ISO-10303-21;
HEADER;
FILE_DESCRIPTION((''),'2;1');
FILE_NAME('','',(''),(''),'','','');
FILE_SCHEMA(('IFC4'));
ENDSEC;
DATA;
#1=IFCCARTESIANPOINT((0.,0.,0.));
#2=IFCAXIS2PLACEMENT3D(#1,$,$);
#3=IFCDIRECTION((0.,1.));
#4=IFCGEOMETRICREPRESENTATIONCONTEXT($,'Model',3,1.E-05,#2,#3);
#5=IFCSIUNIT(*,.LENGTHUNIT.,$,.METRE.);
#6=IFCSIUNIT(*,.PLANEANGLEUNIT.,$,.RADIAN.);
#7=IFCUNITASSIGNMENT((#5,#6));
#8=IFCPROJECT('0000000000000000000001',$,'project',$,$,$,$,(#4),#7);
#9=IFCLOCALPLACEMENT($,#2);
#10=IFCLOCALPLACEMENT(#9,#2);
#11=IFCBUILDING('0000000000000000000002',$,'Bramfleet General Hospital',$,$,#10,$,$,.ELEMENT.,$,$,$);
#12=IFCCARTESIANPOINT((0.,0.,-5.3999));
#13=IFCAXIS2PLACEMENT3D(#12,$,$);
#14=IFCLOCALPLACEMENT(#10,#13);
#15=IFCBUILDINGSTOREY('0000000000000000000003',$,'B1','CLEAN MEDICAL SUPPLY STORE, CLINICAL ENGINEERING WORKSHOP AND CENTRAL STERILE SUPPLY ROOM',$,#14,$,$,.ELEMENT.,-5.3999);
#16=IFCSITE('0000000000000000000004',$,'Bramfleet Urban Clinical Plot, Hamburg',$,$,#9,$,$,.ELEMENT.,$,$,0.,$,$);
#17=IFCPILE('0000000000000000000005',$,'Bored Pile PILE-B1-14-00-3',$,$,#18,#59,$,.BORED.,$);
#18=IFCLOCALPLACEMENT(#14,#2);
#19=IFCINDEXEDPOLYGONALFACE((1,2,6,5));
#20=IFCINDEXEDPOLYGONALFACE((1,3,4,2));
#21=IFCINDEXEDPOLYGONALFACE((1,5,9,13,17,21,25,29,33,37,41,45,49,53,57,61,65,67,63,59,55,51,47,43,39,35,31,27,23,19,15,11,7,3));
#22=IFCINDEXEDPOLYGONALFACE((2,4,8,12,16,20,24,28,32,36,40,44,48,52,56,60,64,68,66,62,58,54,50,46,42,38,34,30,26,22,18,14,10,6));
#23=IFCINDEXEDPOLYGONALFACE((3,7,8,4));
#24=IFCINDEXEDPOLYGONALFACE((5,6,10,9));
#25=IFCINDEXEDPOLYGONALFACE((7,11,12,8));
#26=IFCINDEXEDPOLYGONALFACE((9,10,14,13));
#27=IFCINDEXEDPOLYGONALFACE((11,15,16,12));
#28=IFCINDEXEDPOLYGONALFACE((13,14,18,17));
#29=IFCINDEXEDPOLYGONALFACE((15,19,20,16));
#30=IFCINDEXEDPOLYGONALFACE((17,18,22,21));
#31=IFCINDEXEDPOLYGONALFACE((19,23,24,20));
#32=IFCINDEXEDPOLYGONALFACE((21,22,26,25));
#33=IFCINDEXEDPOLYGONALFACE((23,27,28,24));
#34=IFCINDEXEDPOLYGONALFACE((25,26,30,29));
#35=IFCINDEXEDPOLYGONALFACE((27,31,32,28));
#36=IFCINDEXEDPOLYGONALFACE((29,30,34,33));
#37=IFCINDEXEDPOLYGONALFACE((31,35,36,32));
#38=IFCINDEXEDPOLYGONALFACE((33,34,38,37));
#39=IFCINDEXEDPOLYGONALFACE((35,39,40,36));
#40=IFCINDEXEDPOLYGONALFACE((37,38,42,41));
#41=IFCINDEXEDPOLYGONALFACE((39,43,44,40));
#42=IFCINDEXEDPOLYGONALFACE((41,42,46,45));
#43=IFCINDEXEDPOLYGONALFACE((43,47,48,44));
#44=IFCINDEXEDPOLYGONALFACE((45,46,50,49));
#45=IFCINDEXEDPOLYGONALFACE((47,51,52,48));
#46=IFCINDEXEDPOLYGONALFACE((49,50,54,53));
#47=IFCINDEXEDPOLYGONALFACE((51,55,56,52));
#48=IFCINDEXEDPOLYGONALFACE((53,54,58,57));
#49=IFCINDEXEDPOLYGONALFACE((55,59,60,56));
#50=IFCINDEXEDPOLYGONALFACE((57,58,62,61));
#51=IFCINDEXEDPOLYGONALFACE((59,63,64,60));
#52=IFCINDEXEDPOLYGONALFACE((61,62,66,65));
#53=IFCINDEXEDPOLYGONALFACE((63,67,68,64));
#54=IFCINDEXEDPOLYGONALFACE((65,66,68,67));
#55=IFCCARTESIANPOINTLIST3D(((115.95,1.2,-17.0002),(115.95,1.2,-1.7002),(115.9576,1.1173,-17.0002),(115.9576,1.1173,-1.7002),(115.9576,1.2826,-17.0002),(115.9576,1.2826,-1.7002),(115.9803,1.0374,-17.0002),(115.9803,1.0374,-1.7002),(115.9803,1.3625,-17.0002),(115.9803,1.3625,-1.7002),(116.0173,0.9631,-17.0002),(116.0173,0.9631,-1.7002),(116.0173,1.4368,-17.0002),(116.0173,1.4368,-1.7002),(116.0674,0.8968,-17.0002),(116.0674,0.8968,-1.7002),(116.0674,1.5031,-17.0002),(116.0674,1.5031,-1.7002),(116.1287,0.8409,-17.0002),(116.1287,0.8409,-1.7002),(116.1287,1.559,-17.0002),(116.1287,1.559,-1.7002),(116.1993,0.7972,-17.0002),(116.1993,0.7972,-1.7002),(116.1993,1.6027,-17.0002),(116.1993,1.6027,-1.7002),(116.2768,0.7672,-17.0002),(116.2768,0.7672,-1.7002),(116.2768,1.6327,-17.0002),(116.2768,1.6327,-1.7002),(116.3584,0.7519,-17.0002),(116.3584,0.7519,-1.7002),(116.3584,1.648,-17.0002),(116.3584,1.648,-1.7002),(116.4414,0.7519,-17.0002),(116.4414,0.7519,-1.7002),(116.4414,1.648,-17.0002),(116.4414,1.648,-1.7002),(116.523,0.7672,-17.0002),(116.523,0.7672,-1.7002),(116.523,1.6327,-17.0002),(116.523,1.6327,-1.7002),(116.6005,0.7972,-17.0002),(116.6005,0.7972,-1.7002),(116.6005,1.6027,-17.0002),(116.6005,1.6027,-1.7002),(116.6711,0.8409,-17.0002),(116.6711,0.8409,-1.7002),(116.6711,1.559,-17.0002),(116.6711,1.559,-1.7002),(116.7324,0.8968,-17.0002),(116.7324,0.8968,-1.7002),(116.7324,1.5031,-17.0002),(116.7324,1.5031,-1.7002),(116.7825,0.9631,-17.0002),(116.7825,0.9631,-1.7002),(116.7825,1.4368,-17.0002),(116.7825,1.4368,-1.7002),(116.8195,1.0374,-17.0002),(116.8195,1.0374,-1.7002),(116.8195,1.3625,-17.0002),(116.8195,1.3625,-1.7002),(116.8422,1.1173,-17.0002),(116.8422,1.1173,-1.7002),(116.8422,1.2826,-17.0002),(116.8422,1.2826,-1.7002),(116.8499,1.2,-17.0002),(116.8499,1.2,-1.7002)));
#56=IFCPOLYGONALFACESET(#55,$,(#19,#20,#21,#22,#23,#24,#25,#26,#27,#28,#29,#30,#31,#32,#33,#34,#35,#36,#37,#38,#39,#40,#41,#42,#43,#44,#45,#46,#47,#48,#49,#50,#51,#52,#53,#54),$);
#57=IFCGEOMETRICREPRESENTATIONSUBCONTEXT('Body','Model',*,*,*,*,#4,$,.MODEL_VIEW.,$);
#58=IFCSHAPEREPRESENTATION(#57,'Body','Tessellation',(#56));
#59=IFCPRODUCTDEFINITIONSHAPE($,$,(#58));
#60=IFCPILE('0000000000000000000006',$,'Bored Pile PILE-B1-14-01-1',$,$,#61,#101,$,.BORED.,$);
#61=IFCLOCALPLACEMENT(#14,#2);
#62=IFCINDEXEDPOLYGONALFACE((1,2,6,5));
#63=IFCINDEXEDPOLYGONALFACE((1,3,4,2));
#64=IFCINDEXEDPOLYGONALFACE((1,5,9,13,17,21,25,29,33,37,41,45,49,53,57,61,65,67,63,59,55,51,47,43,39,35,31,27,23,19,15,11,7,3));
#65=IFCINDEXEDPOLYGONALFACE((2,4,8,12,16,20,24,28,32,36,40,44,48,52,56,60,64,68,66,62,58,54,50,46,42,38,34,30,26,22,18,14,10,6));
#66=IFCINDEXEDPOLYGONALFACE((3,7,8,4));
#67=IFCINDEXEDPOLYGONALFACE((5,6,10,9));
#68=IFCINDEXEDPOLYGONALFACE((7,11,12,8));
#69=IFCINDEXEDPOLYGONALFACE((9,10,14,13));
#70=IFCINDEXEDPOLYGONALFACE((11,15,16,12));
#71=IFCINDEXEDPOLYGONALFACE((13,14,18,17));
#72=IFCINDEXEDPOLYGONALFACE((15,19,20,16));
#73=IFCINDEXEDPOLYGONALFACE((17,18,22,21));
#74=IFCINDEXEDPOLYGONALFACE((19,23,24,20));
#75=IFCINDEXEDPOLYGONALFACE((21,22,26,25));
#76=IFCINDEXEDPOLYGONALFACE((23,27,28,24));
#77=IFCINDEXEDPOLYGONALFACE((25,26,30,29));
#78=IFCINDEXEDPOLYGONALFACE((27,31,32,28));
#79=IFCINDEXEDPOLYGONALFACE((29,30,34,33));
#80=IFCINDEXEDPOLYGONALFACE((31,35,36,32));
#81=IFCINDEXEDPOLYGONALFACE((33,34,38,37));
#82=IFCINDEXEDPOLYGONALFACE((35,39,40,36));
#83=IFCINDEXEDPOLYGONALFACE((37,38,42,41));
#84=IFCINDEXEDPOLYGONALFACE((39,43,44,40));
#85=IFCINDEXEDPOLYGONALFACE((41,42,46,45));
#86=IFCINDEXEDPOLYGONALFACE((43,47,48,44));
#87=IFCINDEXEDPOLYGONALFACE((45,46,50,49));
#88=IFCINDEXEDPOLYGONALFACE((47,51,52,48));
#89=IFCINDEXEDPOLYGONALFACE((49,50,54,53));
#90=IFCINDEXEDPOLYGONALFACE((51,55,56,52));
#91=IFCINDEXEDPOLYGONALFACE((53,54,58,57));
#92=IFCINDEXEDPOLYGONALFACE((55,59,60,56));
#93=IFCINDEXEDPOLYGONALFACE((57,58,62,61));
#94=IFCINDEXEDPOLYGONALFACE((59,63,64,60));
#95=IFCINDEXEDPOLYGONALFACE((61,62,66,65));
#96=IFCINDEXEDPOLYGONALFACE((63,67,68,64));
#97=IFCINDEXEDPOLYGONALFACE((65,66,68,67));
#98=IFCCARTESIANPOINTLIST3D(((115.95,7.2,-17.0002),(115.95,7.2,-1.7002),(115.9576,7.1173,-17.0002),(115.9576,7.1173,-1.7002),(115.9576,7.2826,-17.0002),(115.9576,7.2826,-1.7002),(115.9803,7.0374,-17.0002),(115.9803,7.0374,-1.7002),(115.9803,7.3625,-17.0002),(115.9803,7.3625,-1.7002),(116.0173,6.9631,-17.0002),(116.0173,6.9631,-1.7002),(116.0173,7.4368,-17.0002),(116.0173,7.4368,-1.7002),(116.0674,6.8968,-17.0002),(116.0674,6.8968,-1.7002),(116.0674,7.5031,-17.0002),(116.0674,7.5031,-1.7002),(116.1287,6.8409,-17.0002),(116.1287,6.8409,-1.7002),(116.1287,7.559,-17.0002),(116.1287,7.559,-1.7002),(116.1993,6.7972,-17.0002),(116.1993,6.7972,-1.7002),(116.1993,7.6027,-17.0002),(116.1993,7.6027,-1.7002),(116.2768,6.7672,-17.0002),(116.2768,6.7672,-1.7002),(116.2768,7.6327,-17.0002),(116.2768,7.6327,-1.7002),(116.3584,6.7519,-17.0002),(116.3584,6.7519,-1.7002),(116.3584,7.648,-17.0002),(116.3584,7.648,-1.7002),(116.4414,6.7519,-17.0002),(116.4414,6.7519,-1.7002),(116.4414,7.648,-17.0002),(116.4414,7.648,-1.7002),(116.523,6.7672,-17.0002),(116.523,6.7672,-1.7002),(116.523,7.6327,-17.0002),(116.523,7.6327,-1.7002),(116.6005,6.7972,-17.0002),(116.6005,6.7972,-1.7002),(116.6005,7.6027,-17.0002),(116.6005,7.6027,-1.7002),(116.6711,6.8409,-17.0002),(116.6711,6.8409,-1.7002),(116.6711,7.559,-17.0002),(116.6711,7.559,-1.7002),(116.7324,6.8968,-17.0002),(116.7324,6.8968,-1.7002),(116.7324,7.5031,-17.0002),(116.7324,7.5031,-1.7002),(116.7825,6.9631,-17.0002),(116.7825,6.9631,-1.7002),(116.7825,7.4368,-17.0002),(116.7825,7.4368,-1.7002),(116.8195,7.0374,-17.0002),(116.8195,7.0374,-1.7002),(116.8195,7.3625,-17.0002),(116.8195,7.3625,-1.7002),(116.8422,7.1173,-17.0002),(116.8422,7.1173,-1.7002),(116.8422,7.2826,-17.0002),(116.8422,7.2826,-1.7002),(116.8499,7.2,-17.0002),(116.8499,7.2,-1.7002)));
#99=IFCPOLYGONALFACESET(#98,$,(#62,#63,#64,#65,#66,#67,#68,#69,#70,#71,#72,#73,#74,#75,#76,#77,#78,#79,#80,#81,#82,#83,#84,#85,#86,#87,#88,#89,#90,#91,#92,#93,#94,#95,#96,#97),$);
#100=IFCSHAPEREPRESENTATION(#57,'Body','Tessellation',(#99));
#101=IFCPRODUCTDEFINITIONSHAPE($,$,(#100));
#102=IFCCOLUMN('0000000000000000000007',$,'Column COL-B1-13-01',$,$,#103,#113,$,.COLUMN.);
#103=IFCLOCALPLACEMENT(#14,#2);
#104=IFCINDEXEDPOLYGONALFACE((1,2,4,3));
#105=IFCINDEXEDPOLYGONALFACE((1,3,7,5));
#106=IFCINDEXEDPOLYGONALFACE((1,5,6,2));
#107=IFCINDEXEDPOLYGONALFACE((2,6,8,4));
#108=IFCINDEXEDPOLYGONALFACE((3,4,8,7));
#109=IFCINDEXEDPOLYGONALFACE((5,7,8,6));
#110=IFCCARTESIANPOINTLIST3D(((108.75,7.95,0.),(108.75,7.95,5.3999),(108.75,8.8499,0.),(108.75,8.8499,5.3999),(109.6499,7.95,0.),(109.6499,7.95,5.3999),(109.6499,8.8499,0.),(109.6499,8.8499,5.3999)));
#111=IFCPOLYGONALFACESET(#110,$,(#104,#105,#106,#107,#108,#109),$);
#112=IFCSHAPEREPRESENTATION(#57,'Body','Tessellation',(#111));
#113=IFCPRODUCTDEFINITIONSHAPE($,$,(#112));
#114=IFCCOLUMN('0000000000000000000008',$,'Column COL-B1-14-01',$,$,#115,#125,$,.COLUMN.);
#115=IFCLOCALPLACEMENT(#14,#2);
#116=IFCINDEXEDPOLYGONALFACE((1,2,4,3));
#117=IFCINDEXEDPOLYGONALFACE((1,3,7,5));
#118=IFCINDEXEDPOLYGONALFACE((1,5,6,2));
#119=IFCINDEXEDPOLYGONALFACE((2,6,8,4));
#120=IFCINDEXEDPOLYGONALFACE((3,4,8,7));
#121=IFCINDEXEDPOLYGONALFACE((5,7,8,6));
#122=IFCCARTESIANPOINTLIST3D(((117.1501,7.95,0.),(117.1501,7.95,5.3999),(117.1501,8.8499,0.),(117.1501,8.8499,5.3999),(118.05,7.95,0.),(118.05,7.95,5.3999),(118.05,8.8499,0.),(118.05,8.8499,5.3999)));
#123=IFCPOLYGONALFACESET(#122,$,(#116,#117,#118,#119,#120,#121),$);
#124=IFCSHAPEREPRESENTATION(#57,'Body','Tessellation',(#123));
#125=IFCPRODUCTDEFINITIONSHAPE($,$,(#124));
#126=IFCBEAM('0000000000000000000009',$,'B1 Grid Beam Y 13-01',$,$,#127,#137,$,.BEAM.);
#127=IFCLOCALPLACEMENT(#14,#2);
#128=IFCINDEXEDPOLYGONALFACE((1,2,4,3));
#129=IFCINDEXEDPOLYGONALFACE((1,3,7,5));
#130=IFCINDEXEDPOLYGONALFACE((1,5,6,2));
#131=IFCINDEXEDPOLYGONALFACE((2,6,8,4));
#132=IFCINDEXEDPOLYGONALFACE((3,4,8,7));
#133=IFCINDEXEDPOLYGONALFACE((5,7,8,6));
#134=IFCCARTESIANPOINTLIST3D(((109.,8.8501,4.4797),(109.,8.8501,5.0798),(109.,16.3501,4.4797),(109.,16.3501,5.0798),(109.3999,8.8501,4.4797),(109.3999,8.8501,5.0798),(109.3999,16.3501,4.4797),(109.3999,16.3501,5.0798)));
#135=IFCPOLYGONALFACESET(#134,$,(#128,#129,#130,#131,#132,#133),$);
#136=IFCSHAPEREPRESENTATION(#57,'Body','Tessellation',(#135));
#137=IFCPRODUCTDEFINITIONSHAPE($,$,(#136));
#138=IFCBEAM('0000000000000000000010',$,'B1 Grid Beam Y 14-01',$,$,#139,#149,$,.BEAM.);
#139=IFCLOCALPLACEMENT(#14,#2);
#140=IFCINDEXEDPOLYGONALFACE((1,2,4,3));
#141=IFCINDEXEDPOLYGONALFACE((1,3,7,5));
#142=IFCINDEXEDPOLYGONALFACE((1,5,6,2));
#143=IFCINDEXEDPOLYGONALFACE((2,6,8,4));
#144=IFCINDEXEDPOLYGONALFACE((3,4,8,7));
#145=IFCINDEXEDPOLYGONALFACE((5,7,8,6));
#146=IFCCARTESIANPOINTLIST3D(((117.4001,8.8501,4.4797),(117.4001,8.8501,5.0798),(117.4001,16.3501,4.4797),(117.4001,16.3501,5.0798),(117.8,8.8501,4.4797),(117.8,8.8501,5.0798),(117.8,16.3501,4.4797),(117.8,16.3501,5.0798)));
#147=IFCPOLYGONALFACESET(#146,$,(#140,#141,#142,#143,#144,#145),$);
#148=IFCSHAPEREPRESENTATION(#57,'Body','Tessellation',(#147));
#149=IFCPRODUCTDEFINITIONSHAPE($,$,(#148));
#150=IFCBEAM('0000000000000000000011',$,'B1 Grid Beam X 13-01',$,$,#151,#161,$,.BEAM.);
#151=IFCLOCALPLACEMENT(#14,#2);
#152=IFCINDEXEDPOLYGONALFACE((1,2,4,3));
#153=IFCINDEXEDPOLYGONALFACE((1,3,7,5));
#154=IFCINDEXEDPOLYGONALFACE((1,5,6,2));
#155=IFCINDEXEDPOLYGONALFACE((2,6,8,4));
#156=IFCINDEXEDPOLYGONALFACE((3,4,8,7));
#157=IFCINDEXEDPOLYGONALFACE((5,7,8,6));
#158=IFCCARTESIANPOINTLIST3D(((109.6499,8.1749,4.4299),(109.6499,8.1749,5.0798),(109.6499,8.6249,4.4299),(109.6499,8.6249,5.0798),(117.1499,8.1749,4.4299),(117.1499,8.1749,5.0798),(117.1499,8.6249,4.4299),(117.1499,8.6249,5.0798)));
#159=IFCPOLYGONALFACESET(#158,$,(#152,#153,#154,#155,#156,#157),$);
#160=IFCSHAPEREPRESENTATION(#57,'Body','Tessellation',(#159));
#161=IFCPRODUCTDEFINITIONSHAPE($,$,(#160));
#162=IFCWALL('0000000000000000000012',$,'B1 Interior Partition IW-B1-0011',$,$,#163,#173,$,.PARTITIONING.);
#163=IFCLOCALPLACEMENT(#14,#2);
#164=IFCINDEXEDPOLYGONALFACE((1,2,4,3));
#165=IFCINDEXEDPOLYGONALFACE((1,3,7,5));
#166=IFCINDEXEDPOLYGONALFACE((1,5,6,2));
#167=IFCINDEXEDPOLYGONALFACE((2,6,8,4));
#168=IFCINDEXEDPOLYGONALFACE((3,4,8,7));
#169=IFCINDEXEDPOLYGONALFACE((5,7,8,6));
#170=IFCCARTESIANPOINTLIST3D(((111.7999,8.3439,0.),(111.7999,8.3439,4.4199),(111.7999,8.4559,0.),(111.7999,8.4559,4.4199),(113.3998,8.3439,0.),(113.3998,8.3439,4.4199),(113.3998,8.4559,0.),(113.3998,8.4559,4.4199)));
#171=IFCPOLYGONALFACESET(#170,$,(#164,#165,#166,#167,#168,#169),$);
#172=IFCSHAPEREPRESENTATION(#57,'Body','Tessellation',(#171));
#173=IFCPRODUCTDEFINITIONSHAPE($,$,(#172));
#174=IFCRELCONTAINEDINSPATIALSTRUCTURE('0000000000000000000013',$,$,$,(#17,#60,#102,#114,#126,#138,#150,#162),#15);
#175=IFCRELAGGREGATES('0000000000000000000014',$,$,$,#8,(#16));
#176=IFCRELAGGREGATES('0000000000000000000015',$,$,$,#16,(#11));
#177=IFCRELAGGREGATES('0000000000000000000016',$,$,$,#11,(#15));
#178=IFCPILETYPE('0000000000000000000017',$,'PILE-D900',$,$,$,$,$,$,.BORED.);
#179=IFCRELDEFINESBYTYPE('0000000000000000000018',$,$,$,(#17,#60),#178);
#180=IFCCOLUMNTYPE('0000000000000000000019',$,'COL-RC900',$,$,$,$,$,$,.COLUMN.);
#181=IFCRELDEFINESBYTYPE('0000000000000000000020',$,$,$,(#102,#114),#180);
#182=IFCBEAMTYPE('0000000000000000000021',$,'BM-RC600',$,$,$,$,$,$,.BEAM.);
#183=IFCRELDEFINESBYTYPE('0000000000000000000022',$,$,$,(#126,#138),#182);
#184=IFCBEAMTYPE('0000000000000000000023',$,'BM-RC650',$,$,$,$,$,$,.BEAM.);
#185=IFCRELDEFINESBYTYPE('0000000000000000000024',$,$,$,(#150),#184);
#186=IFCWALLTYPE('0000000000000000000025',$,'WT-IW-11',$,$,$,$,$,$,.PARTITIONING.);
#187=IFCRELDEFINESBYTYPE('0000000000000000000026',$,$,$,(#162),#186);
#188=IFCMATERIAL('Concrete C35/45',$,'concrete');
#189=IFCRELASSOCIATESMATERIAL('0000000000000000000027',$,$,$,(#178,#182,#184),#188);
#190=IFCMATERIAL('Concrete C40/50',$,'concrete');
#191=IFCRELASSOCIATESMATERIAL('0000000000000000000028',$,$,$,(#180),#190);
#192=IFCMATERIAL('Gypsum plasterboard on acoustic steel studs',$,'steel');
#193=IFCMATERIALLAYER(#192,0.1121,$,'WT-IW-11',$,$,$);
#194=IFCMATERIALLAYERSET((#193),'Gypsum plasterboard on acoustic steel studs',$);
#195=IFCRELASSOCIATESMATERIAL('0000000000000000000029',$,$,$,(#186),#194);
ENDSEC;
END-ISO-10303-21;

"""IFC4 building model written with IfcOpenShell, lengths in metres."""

from ifc_helpers import new_model, si_unit, direction, frame, frame_2d, origin, origin_2d, place, context, subcontext, project, spatial, rectangle, circle, extrude, material, layer, layer_set, material_profile, profile_set, type_object, element, save


model = new_model("IFC4")

# Units and contexts
model_context = context("Model", 3, precision=1e-05, world=origin(), true_north=direction((0.0, 1.0)))
body_context = subcontext(model_context, "Body", "Model", "MODEL_VIEW")
ifc_project = project(units=[si_unit("LENGTHUNIT", "METRE"), si_unit("PLANEANGLEUNIT", "RADIAN")], contexts=[model_context])

# Site, building, storey
site_placement = place(None, origin())
site = spatial("IfcSite", under=ifc_project, at=site_placement, Name="Bramfleet Urban Clinical Plot, Hamburg", CompositionType="ELEMENT", RefElevation=0.0)
building_placement = place(site_placement, origin())
building = spatial("IfcBuilding", under=site, at=building_placement, Name="Bramfleet General Hospital", CompositionType="ELEMENT")
storey_placement = place(building_placement, frame((0.0, 0.0, -5.3999)))
storey = spatial("IfcBuildingStorey", under=building, at=storey_placement, Name="B1", Description="CLEAN MEDICAL SUPPLY STORE, CLINICAL ENGINEERING WORKSHOP AND CENTRAL STERILE SUPPLY ROOM", CompositionType="ELEMENT", Elevation=-5.3999)

# Shared definitions
ifc_material_1 = material(Name="Concrete C35/45", Category="concrete")

# Piles
ifc_material_profile_1 = material_profile(ifc_material_1, circle(Radius=0.45, at=origin_2d()), Name="PILE BORED D900")
ifc_profile_set_1 = profile_set([ifc_material_profile_1], Name="Concrete C35/45")
pile_type_1 = type_object("IfcPileType", Name="PILE-D900", PredefinedType="BORED", material=ifc_profile_set_1)
for number, where, z_axis, x_axis, name in (
    (1, (116.3999, 1.2, -1.7002), (0.0, 0.0, -1.0), (1.0, 0.0, 0.0), "Bored Pile PILE-B1-14-00-3"),
    (2, (116.3999, 7.2, -1.7002), (0.0, 0.0, -1.0), (1.0, 0.0, 0.0), "Bored Pile PILE-B1-14-01-1"),
):
    element("IfcPile", number, at=place(storey_placement, frame(where, z_axis=z_axis, x_axis=x_axis)), inside=storey, type_object=pile_type_1, Name=name, PredefinedType="BORED", context=body_context, shape_type="SweptSolid", body=[
        extrude(circle(Radius=0.45, at=origin_2d()), origin(), (0.0, 0.0, 1.0), 15.3),
    ])

# Columns
ifc_material_2 = material(Name="Concrete C40/50", Category="concrete")
ifc_material_profile_2 = material_profile(ifc_material_2, rectangle(XDim=0.8999, YDim=0.8999, at=origin_2d()), Name="RC COL 900x900")
ifc_profile_set_2 = profile_set([ifc_material_profile_2], Name="Concrete C40/50")
column_type = type_object("IfcColumnType", Name="COL-RC900", PredefinedType="COLUMN", material=ifc_profile_set_2)
for number, where, z_axis, x_axis, name in (
    (3, (109.2, 8.3999, 0.0), (0.0, 0.0, 1.0), (1.0, 0.0, 0.0), "Column COL-B1-13-01"),
    (4, (117.6001, 8.3999, 0.0), (0.0, 0.0, 1.0), (1.0, 0.0, 0.0), "Column COL-B1-14-01"),
):
    element("IfcColumn", number, at=place(storey_placement, frame(where, z_axis=z_axis, x_axis=x_axis)), inside=storey, type_object=column_type, Name=name, PredefinedType="COLUMN", context=body_context, shape_type="SweptSolid", body=[
        extrude(rectangle(XDim=0.8999, YDim=0.8999, at=origin_2d()), origin(), (0.0, 0.0, 1.0), 5.3999),
    ])

# Beams
ifc_material_profile_3 = material_profile(ifc_material_1, rectangle(XDim=0.3999, YDim=0.6001, at=origin_2d()), Name="RC BM 600x400")
ifc_profile_set_3 = profile_set([ifc_material_profile_3], Name="Concrete C35/45")
beam_type_1 = type_object("IfcBeamType", Name="BM-RC600", PredefinedType="BEAM", material=ifc_profile_set_3)
for number, where, z_axis, x_axis, name in (
    (5, (109.2, 8.8501, 4.7798), (0.0, 1.0, 0.0), (-1.0, 0.0, 0.0), "B1 Grid Beam Y 13-01"),
    (6, (117.6001, 8.8501, 4.7798), (0.0, 1.0, 0.0), (-1.0, 0.0, 0.0), "B1 Grid Beam Y 14-01"),
):
    element("IfcBeam", number, at=place(storey_placement, frame(where, z_axis=z_axis, x_axis=x_axis)), inside=storey, type_object=beam_type_1, Name=name, PredefinedType="BEAM", context=body_context, shape_type="SweptSolid", body=[
        extrude(rectangle(XDim=0.3999, YDim=0.6001, at=origin_2d()), origin(), (0.0, 0.0, 1.0), 7.5),
    ])
ifc_material_profile_4 = material_profile(ifc_material_1, rectangle(XDim=0.45, YDim=0.6499, at=origin_2d()), Name="RC BM 650x450")
ifc_profile_set_4 = profile_set([ifc_material_profile_4], Name="Concrete C35/45")
beam_type_2 = type_object("IfcBeamType", Name="BM-RC650", PredefinedType="BEAM", material=ifc_profile_set_4)
beam_placement = place(storey_placement, frame((109.6499, 8.3999, 4.7549), z_axis=(1.0, 0.0, 0.0), x_axis=(0.0, 1.0, 0.0)))
element("IfcBeam", 7, at=beam_placement, inside=storey, type_object=beam_type_2, Name="B1 Grid Beam X 13-01", PredefinedType="BEAM", context=body_context, shape_type="SweptSolid", body=[
    extrude(rectangle(XDim=0.45, YDim=0.6499, at=origin_2d()), origin(), (0.0, 0.0, 1.0), 7.5),
])

# Wall
ifc_material_3 = material(Name="Gypsum plasterboard on acoustic steel studs", Category="steel")
ifc_layer_1 = layer(ifc_material_3, 0.1121, Name="WT-IW-11")
ifc_layer_set_1 = layer_set([ifc_layer_1], Name="Gypsum plasterboard on acoustic steel studs")
wall_type_1 = type_object("IfcWallType", Name="WT-IW-11", PredefinedType="PARTITIONING", material=ifc_layer_set_1)
wall_1_placement = place(storey_placement, frame((111.8, 8.3999, 0.0), z_axis=(0.0, 0.0, 1.0), x_axis=(1.0, 0.0, 0.0)))
element("IfcWall", 8, at=wall_1_placement, inside=storey, type_object=wall_type_1, Name="B1 Interior Partition IW-B1-0011", PredefinedType="PARTITIONING", context=body_context, shape_type="SweptSolid", body=[
    extrude(rectangle(XDim=1.5999, YDim=0.1121, at=frame_2d((0.7998, 0.0))), origin(), (0.0, 0.0, 1.0), 4.4199),
])

save(model, "model.ifc")
